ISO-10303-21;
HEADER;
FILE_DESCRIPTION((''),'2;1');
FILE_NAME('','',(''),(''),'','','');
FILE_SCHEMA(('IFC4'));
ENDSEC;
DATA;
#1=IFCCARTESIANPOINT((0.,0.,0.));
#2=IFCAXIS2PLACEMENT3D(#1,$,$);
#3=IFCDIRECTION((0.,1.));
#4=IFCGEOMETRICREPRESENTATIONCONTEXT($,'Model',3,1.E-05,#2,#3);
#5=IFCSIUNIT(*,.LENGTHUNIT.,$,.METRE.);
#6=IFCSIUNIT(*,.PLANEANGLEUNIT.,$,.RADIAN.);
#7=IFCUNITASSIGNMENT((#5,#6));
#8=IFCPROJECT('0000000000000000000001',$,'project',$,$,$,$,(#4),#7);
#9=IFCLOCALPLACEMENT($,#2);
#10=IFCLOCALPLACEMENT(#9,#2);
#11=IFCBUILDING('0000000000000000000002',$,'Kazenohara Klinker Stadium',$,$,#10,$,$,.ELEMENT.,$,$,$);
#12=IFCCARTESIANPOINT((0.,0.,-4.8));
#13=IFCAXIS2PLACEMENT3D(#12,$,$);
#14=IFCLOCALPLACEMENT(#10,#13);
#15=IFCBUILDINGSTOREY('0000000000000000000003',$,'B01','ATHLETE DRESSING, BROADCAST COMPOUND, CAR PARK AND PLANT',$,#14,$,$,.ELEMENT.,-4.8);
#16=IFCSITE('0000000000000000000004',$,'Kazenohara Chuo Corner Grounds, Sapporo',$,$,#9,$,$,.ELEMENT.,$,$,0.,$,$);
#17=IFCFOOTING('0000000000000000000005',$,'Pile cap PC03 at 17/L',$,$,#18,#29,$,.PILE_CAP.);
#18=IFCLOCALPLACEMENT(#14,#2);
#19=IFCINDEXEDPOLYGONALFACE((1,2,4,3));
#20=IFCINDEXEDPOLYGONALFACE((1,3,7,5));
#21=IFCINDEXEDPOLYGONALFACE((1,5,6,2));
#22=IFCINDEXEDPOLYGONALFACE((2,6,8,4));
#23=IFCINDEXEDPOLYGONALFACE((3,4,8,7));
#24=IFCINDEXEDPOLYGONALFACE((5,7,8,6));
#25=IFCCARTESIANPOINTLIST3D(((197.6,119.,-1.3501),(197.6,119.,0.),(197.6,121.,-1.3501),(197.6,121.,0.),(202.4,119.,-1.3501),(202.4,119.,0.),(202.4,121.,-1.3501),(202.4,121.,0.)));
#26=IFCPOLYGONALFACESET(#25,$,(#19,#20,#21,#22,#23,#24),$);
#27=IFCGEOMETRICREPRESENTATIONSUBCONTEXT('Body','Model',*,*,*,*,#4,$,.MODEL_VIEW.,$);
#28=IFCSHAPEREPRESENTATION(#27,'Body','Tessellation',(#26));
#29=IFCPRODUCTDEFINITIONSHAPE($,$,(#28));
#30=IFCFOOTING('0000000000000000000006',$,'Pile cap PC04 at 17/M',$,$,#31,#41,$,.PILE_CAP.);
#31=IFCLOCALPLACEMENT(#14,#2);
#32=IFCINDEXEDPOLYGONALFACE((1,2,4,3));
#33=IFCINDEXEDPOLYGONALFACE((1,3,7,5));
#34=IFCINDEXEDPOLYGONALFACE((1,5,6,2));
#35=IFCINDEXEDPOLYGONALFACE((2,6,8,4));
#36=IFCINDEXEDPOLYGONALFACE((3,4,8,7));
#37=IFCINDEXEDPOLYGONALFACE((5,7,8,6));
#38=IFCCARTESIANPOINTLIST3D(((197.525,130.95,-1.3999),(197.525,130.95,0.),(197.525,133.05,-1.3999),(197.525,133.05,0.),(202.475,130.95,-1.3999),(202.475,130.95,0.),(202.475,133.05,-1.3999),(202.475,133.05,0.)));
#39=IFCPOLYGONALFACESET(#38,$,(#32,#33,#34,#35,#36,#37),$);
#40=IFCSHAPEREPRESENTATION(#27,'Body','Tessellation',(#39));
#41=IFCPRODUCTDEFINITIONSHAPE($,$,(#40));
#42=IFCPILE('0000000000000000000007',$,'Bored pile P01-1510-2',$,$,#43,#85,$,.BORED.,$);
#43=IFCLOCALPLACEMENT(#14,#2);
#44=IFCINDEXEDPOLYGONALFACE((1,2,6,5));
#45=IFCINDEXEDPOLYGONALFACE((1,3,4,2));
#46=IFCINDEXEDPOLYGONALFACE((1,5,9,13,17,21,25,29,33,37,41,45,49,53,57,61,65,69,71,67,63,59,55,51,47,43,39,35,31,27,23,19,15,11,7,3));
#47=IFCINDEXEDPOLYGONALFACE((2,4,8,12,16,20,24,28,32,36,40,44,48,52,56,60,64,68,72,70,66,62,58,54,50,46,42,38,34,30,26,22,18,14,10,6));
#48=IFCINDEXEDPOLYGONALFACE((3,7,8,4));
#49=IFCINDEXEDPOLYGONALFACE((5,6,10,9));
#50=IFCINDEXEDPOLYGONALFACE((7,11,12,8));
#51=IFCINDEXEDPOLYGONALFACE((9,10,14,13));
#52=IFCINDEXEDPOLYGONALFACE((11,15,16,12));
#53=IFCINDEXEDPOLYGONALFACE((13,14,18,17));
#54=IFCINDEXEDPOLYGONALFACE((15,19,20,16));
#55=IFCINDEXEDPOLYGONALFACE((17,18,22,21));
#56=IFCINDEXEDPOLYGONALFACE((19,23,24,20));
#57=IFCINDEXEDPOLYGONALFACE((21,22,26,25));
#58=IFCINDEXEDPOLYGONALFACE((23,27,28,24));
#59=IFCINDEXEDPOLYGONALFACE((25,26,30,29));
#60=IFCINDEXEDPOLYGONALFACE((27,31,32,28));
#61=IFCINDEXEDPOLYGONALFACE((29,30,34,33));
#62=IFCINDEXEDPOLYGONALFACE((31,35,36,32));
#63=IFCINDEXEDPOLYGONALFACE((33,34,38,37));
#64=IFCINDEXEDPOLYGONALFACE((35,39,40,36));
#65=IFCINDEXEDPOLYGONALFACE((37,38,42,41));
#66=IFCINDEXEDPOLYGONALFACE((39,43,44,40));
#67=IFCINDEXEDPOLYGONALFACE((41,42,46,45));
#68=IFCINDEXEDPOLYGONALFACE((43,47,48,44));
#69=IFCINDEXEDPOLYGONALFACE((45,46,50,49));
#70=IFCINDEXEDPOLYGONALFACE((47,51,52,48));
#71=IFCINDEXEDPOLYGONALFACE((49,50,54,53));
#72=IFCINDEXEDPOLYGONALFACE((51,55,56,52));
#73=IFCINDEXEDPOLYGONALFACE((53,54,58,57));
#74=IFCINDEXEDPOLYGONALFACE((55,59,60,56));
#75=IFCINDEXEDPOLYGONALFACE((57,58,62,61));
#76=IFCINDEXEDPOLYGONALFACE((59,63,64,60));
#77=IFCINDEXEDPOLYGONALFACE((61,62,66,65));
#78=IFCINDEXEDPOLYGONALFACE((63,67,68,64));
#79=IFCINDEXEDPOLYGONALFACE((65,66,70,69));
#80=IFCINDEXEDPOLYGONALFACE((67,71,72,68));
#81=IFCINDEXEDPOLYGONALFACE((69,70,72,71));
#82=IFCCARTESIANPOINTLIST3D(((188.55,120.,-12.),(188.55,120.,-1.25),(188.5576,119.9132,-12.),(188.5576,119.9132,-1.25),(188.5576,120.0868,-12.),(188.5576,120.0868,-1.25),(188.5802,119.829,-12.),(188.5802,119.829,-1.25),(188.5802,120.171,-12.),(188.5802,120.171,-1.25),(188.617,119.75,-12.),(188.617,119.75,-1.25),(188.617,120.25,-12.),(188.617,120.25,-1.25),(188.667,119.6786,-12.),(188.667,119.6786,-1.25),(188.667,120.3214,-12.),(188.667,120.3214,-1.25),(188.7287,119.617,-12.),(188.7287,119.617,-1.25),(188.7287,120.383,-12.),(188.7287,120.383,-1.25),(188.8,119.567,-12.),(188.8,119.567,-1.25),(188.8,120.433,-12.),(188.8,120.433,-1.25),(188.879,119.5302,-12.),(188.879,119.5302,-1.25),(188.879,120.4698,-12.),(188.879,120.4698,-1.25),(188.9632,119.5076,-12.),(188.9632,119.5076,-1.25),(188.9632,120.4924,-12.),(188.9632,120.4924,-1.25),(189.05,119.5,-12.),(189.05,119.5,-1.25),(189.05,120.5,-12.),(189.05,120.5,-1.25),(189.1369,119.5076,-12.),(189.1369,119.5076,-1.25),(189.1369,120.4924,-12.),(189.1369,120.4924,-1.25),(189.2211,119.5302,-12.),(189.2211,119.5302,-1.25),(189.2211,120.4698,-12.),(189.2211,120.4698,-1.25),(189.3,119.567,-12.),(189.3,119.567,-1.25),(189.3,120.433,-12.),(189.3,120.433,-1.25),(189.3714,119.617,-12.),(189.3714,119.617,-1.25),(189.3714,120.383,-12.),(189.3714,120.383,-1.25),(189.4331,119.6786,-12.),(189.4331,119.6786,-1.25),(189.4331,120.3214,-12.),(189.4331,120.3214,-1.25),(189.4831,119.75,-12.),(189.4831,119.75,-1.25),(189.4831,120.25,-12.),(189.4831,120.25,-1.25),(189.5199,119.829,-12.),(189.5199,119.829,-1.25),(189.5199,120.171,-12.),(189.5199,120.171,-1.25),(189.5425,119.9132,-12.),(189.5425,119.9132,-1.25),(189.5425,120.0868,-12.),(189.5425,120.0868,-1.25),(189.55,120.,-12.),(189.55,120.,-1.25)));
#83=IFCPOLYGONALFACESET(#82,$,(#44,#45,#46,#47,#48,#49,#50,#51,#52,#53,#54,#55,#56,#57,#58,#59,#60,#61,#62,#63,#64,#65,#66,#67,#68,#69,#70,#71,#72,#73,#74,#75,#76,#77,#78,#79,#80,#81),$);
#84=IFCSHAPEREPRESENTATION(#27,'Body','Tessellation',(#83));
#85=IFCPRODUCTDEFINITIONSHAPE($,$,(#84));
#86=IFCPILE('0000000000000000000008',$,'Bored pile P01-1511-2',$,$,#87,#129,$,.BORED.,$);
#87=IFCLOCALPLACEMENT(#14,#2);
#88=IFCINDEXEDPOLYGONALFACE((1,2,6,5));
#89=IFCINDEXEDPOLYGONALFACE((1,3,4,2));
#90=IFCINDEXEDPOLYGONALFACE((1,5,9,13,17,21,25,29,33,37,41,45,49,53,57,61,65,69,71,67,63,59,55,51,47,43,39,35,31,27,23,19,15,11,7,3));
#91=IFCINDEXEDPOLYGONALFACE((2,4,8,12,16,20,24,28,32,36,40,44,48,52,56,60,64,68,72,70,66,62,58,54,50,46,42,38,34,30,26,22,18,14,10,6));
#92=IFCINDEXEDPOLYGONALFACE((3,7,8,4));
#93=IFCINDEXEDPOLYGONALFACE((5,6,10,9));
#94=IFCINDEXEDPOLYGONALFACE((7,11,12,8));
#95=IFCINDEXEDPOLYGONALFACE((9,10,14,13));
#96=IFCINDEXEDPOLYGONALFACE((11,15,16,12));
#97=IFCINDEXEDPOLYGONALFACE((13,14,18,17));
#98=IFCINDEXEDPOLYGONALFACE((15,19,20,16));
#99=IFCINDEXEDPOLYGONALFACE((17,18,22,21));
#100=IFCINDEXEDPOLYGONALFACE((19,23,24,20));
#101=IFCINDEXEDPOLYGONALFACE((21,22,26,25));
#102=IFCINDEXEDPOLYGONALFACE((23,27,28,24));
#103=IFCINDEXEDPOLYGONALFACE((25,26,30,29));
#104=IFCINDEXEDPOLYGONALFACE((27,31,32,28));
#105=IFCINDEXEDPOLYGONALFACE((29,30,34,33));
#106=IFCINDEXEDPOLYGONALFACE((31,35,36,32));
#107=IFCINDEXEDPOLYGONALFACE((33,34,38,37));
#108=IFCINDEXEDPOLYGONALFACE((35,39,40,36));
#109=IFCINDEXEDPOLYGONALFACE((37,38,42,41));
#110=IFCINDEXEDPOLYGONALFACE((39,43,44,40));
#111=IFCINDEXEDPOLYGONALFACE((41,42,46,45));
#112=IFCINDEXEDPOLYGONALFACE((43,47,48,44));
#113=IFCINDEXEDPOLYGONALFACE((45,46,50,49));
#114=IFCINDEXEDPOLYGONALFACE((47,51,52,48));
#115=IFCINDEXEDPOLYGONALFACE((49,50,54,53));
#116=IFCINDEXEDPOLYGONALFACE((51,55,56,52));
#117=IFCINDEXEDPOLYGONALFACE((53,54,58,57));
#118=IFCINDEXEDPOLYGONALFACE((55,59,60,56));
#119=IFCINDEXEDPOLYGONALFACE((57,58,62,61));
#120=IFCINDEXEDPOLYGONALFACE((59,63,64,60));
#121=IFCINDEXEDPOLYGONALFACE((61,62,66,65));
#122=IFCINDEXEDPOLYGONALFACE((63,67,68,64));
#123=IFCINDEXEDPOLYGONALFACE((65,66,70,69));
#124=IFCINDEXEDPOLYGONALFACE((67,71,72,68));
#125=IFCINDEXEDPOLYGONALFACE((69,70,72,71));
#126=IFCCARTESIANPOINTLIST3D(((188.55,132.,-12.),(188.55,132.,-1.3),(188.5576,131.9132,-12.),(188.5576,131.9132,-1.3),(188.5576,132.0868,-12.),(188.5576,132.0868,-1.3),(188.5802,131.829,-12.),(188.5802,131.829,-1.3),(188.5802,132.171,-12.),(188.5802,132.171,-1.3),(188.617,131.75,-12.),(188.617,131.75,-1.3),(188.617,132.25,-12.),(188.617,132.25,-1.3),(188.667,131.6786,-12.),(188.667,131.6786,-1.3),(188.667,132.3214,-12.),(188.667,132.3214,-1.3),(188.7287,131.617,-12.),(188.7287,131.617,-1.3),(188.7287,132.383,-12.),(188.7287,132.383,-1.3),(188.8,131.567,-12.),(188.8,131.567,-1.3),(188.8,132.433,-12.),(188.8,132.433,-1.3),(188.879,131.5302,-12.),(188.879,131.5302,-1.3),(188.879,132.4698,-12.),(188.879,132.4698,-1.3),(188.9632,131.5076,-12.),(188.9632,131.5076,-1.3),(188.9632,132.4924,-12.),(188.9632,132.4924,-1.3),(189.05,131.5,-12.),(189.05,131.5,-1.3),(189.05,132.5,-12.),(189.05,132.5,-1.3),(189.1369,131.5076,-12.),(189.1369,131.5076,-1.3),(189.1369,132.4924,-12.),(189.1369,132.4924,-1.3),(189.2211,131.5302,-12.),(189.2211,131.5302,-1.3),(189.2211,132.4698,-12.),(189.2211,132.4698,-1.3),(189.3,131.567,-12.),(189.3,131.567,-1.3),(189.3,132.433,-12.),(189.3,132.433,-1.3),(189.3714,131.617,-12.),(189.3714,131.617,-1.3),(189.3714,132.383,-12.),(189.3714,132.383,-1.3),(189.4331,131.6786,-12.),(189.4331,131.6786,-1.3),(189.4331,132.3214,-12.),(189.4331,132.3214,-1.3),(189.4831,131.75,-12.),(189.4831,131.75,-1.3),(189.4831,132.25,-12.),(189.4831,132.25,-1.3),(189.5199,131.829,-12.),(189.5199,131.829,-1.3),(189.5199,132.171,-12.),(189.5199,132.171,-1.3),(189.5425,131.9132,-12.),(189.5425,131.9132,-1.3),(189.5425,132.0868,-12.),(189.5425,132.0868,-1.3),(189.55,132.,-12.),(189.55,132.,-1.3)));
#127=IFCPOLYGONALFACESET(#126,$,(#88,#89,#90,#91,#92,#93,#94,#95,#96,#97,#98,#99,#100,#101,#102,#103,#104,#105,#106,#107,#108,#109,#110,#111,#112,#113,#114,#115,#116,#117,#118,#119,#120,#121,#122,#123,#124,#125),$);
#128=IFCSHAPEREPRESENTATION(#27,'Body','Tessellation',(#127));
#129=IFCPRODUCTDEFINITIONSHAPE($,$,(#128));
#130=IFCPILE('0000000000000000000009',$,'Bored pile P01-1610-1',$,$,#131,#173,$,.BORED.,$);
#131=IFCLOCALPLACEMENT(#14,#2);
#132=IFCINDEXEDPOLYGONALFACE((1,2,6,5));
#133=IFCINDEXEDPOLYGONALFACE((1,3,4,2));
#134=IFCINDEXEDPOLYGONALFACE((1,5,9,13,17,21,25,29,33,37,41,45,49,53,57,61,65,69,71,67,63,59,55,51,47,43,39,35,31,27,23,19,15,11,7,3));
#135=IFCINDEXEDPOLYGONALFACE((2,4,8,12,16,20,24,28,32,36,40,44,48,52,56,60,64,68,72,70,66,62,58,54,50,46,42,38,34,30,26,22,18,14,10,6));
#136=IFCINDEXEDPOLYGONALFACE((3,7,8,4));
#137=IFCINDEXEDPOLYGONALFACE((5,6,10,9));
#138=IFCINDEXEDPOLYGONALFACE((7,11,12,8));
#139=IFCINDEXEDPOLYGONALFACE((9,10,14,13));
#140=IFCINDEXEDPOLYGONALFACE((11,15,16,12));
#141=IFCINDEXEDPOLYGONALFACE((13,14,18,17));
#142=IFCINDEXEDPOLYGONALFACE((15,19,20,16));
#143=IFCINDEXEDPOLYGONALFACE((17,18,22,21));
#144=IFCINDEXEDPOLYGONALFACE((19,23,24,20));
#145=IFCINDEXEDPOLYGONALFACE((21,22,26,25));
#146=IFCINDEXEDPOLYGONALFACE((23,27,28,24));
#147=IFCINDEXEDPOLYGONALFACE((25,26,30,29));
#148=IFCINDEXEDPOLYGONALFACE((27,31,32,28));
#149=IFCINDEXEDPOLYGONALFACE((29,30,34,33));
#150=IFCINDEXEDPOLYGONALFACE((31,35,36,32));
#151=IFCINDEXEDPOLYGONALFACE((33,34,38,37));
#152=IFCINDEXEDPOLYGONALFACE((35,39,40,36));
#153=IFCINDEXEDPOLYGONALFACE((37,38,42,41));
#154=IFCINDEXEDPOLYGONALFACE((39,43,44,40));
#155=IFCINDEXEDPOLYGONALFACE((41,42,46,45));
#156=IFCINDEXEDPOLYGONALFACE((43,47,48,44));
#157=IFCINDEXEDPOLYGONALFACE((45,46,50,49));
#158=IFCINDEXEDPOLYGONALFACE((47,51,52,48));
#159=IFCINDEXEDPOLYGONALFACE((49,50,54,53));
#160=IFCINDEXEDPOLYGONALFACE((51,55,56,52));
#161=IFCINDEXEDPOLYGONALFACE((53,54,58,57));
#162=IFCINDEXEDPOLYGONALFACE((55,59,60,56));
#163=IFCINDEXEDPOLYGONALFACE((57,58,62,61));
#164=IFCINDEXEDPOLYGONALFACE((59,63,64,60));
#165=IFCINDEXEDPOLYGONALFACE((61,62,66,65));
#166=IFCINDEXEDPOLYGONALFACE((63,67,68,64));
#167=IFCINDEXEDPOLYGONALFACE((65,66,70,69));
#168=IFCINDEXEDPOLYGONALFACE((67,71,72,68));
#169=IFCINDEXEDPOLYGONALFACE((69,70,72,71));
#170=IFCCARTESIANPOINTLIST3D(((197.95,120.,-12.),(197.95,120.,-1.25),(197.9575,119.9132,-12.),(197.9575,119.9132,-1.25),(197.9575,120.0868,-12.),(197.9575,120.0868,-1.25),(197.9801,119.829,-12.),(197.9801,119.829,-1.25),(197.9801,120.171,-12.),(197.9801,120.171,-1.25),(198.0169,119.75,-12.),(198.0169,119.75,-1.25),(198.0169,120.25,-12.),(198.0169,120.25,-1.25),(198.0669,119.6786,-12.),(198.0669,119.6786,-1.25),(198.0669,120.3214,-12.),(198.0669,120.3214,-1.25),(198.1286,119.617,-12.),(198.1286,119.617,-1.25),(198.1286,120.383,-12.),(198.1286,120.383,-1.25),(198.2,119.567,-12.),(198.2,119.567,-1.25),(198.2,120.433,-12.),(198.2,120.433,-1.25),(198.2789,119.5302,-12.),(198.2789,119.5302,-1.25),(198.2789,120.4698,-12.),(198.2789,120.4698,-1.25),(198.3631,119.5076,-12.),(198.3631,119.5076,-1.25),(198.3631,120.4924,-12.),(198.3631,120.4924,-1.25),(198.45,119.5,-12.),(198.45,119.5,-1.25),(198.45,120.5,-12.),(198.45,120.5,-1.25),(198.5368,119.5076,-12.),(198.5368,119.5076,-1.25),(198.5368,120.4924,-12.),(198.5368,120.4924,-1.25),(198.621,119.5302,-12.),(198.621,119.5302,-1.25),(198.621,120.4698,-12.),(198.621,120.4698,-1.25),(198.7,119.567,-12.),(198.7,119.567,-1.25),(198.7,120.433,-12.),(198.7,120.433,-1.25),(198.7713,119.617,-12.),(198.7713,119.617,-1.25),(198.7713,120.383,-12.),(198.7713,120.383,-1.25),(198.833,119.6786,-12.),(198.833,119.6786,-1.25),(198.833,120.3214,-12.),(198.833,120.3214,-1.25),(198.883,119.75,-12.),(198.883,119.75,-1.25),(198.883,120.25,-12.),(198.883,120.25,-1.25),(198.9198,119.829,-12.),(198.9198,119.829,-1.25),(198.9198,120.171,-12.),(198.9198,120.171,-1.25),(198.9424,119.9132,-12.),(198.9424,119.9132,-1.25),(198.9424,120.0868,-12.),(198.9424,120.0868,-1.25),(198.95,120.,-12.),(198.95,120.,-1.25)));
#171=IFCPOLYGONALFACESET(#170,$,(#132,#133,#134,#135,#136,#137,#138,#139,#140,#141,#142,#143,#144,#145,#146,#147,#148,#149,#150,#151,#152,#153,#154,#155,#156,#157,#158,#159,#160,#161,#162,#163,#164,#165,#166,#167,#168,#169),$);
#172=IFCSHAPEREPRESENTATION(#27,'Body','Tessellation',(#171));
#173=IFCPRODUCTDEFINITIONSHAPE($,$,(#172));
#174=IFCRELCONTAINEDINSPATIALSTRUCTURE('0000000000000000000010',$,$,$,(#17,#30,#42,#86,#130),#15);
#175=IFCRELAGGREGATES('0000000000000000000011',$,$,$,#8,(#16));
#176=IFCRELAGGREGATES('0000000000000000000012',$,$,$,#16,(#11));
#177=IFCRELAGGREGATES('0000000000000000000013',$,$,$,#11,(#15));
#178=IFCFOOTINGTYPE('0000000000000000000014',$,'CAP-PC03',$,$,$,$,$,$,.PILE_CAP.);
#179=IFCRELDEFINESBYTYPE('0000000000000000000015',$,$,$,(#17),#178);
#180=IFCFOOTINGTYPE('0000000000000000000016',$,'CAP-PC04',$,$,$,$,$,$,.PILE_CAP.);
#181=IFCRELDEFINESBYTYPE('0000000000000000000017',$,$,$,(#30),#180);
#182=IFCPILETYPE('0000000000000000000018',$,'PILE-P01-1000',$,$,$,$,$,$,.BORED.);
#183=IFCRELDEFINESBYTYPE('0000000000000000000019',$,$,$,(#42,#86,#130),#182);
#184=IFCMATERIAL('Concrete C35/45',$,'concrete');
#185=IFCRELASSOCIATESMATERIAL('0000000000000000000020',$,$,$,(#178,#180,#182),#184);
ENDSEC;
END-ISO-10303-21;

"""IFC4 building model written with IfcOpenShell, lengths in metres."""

from ifc_helpers import new_model, si_unit, direction, frame, origin, origin_2d, place, context, subcontext, project, spatial, rectangle, circle, extrude, material, material_profile, profile_set, type_object, element, save


model = new_model("IFC4")

# Units and contexts
model_context = context("Model", 3, precision=1e-05, world=origin(), true_north=direction((0.0, 1.0)))
body_context = subcontext(model_context, "Body", "Model", "MODEL_VIEW")
ifc_project = project(units=[si_unit("LENGTHUNIT", "METRE"), si_unit("PLANEANGLEUNIT", "RADIAN")], contexts=[model_context])

# Site, building, storey
site_placement = place(None, origin())
site = spatial("IfcSite", under=ifc_project, at=site_placement, Name="Kazenohara Chuo Corner Grounds, Sapporo", CompositionType="ELEMENT", RefElevation=0.0)
building_placement = place(site_placement, origin())
building = spatial("IfcBuilding", under=site, at=building_placement, Name="Kazenohara Klinker Stadium", CompositionType="ELEMENT")
storey_placement = place(building_placement, frame((0.0, 0.0, -4.8)))
storey = spatial("IfcBuildingStorey", under=building, at=storey_placement, Name="B01", Description="ATHLETE DRESSING, BROADCAST COMPOUND, CAR PARK AND PLANT", CompositionType="ELEMENT", Elevation=-4.8)

# Footings
ifc_material_1 = material(Name="Concrete C35/45", Category="concrete")
footing_type_1 = type_object("IfcFootingType", Name="CAP-PC03", PredefinedType="PILE_CAP", material=ifc_material_1)
footing_1_placement = place(storey_placement, frame((200.0, 120.0, -1.3501), z_axis=(0.0, 0.0, 1.0), x_axis=(1.0, 0.0, 0.0)))
element("IfcFooting", 1, at=footing_1_placement, inside=storey, type_object=footing_type_1, Name="Pile cap PC03 at 17/L", PredefinedType="PILE_CAP", context=body_context, shape_type="SweptSolid", body=[
    extrude(rectangle(XDim=4.8, YDim=2.0, at=origin_2d()), origin(), (0.0, 0.0, 1.0), 1.3501),
])
footing_type_2 = type_object("IfcFootingType", Name="CAP-PC04", PredefinedType="PILE_CAP", material=ifc_material_1)
footing_2_placement = place(storey_placement, frame((200.0, 132.0, -1.3999), z_axis=(0.0, 0.0, 1.0), x_axis=(1.0, 0.0, 0.0)))
element("IfcFooting", 2, at=footing_2_placement, inside=storey, type_object=footing_type_2, Name="Pile cap PC04 at 17/M", PredefinedType="PILE_CAP", context=body_context, shape_type="SweptSolid", body=[
    extrude(rectangle(XDim=4.95, YDim=2.1001, at=origin_2d()), origin(), (0.0, 0.0, 1.0), 1.3999),
])

# Piles
ifc_material_profile_1 = material_profile(ifc_material_1, circle(Radius=0.5, at=origin_2d()), Name="BORED-PILE-1000")
ifc_profile_set_1 = profile_set([ifc_material_profile_1], Name="Concrete C35/45")
pile_type = type_object("IfcPileType", Name="PILE-P01-1000", PredefinedType="BORED", material=ifc_profile_set_1)
pile_1_placement = place(storey_placement, frame((189.05, 120.0, -1.25), z_axis=(0.0, 0.0, -1.0), x_axis=(1.0, 0.0, 0.0)))
element("IfcPile", 3, at=pile_1_placement, inside=storey, type_object=pile_type, Name="Bored pile P01-1510-2", PredefinedType="BORED", context=body_context, shape_type="SweptSolid", body=[
    extrude(circle(Radius=0.5, at=origin_2d()), origin(), (0.0, 0.0, 1.0), 10.75),
])
pile_2_placement = place(storey_placement, frame((189.05, 132.0, -1.3), z_axis=(0.0, 0.0, -1.0), x_axis=(1.0, 0.0, 0.0)))
element("IfcPile", 4, at=pile_2_placement, inside=storey, type_object=pile_type, Name="Bored pile P01-1511-2", PredefinedType="BORED", context=body_context, shape_type="SweptSolid", body=[
    extrude(circle(Radius=0.5, at=origin_2d()), origin(), (0.0, 0.0, 1.0), 10.7),
])
pile_3_placement = place(storey_placement, frame((198.45, 120.0, -1.25), z_axis=(0.0, 0.0, -1.0), x_axis=(1.0, 0.0, 0.0)))
element("IfcPile", 5, at=pile_3_placement, inside=storey, type_object=pile_type, Name="Bored pile P01-1610-1", PredefinedType="BORED", context=body_context, shape_type="SweptSolid", body=[
    extrude(circle(Radius=0.5, at=origin_2d()), origin(), (0.0, 0.0, 1.0), 10.75),
])

save(model, "model.ifc")
